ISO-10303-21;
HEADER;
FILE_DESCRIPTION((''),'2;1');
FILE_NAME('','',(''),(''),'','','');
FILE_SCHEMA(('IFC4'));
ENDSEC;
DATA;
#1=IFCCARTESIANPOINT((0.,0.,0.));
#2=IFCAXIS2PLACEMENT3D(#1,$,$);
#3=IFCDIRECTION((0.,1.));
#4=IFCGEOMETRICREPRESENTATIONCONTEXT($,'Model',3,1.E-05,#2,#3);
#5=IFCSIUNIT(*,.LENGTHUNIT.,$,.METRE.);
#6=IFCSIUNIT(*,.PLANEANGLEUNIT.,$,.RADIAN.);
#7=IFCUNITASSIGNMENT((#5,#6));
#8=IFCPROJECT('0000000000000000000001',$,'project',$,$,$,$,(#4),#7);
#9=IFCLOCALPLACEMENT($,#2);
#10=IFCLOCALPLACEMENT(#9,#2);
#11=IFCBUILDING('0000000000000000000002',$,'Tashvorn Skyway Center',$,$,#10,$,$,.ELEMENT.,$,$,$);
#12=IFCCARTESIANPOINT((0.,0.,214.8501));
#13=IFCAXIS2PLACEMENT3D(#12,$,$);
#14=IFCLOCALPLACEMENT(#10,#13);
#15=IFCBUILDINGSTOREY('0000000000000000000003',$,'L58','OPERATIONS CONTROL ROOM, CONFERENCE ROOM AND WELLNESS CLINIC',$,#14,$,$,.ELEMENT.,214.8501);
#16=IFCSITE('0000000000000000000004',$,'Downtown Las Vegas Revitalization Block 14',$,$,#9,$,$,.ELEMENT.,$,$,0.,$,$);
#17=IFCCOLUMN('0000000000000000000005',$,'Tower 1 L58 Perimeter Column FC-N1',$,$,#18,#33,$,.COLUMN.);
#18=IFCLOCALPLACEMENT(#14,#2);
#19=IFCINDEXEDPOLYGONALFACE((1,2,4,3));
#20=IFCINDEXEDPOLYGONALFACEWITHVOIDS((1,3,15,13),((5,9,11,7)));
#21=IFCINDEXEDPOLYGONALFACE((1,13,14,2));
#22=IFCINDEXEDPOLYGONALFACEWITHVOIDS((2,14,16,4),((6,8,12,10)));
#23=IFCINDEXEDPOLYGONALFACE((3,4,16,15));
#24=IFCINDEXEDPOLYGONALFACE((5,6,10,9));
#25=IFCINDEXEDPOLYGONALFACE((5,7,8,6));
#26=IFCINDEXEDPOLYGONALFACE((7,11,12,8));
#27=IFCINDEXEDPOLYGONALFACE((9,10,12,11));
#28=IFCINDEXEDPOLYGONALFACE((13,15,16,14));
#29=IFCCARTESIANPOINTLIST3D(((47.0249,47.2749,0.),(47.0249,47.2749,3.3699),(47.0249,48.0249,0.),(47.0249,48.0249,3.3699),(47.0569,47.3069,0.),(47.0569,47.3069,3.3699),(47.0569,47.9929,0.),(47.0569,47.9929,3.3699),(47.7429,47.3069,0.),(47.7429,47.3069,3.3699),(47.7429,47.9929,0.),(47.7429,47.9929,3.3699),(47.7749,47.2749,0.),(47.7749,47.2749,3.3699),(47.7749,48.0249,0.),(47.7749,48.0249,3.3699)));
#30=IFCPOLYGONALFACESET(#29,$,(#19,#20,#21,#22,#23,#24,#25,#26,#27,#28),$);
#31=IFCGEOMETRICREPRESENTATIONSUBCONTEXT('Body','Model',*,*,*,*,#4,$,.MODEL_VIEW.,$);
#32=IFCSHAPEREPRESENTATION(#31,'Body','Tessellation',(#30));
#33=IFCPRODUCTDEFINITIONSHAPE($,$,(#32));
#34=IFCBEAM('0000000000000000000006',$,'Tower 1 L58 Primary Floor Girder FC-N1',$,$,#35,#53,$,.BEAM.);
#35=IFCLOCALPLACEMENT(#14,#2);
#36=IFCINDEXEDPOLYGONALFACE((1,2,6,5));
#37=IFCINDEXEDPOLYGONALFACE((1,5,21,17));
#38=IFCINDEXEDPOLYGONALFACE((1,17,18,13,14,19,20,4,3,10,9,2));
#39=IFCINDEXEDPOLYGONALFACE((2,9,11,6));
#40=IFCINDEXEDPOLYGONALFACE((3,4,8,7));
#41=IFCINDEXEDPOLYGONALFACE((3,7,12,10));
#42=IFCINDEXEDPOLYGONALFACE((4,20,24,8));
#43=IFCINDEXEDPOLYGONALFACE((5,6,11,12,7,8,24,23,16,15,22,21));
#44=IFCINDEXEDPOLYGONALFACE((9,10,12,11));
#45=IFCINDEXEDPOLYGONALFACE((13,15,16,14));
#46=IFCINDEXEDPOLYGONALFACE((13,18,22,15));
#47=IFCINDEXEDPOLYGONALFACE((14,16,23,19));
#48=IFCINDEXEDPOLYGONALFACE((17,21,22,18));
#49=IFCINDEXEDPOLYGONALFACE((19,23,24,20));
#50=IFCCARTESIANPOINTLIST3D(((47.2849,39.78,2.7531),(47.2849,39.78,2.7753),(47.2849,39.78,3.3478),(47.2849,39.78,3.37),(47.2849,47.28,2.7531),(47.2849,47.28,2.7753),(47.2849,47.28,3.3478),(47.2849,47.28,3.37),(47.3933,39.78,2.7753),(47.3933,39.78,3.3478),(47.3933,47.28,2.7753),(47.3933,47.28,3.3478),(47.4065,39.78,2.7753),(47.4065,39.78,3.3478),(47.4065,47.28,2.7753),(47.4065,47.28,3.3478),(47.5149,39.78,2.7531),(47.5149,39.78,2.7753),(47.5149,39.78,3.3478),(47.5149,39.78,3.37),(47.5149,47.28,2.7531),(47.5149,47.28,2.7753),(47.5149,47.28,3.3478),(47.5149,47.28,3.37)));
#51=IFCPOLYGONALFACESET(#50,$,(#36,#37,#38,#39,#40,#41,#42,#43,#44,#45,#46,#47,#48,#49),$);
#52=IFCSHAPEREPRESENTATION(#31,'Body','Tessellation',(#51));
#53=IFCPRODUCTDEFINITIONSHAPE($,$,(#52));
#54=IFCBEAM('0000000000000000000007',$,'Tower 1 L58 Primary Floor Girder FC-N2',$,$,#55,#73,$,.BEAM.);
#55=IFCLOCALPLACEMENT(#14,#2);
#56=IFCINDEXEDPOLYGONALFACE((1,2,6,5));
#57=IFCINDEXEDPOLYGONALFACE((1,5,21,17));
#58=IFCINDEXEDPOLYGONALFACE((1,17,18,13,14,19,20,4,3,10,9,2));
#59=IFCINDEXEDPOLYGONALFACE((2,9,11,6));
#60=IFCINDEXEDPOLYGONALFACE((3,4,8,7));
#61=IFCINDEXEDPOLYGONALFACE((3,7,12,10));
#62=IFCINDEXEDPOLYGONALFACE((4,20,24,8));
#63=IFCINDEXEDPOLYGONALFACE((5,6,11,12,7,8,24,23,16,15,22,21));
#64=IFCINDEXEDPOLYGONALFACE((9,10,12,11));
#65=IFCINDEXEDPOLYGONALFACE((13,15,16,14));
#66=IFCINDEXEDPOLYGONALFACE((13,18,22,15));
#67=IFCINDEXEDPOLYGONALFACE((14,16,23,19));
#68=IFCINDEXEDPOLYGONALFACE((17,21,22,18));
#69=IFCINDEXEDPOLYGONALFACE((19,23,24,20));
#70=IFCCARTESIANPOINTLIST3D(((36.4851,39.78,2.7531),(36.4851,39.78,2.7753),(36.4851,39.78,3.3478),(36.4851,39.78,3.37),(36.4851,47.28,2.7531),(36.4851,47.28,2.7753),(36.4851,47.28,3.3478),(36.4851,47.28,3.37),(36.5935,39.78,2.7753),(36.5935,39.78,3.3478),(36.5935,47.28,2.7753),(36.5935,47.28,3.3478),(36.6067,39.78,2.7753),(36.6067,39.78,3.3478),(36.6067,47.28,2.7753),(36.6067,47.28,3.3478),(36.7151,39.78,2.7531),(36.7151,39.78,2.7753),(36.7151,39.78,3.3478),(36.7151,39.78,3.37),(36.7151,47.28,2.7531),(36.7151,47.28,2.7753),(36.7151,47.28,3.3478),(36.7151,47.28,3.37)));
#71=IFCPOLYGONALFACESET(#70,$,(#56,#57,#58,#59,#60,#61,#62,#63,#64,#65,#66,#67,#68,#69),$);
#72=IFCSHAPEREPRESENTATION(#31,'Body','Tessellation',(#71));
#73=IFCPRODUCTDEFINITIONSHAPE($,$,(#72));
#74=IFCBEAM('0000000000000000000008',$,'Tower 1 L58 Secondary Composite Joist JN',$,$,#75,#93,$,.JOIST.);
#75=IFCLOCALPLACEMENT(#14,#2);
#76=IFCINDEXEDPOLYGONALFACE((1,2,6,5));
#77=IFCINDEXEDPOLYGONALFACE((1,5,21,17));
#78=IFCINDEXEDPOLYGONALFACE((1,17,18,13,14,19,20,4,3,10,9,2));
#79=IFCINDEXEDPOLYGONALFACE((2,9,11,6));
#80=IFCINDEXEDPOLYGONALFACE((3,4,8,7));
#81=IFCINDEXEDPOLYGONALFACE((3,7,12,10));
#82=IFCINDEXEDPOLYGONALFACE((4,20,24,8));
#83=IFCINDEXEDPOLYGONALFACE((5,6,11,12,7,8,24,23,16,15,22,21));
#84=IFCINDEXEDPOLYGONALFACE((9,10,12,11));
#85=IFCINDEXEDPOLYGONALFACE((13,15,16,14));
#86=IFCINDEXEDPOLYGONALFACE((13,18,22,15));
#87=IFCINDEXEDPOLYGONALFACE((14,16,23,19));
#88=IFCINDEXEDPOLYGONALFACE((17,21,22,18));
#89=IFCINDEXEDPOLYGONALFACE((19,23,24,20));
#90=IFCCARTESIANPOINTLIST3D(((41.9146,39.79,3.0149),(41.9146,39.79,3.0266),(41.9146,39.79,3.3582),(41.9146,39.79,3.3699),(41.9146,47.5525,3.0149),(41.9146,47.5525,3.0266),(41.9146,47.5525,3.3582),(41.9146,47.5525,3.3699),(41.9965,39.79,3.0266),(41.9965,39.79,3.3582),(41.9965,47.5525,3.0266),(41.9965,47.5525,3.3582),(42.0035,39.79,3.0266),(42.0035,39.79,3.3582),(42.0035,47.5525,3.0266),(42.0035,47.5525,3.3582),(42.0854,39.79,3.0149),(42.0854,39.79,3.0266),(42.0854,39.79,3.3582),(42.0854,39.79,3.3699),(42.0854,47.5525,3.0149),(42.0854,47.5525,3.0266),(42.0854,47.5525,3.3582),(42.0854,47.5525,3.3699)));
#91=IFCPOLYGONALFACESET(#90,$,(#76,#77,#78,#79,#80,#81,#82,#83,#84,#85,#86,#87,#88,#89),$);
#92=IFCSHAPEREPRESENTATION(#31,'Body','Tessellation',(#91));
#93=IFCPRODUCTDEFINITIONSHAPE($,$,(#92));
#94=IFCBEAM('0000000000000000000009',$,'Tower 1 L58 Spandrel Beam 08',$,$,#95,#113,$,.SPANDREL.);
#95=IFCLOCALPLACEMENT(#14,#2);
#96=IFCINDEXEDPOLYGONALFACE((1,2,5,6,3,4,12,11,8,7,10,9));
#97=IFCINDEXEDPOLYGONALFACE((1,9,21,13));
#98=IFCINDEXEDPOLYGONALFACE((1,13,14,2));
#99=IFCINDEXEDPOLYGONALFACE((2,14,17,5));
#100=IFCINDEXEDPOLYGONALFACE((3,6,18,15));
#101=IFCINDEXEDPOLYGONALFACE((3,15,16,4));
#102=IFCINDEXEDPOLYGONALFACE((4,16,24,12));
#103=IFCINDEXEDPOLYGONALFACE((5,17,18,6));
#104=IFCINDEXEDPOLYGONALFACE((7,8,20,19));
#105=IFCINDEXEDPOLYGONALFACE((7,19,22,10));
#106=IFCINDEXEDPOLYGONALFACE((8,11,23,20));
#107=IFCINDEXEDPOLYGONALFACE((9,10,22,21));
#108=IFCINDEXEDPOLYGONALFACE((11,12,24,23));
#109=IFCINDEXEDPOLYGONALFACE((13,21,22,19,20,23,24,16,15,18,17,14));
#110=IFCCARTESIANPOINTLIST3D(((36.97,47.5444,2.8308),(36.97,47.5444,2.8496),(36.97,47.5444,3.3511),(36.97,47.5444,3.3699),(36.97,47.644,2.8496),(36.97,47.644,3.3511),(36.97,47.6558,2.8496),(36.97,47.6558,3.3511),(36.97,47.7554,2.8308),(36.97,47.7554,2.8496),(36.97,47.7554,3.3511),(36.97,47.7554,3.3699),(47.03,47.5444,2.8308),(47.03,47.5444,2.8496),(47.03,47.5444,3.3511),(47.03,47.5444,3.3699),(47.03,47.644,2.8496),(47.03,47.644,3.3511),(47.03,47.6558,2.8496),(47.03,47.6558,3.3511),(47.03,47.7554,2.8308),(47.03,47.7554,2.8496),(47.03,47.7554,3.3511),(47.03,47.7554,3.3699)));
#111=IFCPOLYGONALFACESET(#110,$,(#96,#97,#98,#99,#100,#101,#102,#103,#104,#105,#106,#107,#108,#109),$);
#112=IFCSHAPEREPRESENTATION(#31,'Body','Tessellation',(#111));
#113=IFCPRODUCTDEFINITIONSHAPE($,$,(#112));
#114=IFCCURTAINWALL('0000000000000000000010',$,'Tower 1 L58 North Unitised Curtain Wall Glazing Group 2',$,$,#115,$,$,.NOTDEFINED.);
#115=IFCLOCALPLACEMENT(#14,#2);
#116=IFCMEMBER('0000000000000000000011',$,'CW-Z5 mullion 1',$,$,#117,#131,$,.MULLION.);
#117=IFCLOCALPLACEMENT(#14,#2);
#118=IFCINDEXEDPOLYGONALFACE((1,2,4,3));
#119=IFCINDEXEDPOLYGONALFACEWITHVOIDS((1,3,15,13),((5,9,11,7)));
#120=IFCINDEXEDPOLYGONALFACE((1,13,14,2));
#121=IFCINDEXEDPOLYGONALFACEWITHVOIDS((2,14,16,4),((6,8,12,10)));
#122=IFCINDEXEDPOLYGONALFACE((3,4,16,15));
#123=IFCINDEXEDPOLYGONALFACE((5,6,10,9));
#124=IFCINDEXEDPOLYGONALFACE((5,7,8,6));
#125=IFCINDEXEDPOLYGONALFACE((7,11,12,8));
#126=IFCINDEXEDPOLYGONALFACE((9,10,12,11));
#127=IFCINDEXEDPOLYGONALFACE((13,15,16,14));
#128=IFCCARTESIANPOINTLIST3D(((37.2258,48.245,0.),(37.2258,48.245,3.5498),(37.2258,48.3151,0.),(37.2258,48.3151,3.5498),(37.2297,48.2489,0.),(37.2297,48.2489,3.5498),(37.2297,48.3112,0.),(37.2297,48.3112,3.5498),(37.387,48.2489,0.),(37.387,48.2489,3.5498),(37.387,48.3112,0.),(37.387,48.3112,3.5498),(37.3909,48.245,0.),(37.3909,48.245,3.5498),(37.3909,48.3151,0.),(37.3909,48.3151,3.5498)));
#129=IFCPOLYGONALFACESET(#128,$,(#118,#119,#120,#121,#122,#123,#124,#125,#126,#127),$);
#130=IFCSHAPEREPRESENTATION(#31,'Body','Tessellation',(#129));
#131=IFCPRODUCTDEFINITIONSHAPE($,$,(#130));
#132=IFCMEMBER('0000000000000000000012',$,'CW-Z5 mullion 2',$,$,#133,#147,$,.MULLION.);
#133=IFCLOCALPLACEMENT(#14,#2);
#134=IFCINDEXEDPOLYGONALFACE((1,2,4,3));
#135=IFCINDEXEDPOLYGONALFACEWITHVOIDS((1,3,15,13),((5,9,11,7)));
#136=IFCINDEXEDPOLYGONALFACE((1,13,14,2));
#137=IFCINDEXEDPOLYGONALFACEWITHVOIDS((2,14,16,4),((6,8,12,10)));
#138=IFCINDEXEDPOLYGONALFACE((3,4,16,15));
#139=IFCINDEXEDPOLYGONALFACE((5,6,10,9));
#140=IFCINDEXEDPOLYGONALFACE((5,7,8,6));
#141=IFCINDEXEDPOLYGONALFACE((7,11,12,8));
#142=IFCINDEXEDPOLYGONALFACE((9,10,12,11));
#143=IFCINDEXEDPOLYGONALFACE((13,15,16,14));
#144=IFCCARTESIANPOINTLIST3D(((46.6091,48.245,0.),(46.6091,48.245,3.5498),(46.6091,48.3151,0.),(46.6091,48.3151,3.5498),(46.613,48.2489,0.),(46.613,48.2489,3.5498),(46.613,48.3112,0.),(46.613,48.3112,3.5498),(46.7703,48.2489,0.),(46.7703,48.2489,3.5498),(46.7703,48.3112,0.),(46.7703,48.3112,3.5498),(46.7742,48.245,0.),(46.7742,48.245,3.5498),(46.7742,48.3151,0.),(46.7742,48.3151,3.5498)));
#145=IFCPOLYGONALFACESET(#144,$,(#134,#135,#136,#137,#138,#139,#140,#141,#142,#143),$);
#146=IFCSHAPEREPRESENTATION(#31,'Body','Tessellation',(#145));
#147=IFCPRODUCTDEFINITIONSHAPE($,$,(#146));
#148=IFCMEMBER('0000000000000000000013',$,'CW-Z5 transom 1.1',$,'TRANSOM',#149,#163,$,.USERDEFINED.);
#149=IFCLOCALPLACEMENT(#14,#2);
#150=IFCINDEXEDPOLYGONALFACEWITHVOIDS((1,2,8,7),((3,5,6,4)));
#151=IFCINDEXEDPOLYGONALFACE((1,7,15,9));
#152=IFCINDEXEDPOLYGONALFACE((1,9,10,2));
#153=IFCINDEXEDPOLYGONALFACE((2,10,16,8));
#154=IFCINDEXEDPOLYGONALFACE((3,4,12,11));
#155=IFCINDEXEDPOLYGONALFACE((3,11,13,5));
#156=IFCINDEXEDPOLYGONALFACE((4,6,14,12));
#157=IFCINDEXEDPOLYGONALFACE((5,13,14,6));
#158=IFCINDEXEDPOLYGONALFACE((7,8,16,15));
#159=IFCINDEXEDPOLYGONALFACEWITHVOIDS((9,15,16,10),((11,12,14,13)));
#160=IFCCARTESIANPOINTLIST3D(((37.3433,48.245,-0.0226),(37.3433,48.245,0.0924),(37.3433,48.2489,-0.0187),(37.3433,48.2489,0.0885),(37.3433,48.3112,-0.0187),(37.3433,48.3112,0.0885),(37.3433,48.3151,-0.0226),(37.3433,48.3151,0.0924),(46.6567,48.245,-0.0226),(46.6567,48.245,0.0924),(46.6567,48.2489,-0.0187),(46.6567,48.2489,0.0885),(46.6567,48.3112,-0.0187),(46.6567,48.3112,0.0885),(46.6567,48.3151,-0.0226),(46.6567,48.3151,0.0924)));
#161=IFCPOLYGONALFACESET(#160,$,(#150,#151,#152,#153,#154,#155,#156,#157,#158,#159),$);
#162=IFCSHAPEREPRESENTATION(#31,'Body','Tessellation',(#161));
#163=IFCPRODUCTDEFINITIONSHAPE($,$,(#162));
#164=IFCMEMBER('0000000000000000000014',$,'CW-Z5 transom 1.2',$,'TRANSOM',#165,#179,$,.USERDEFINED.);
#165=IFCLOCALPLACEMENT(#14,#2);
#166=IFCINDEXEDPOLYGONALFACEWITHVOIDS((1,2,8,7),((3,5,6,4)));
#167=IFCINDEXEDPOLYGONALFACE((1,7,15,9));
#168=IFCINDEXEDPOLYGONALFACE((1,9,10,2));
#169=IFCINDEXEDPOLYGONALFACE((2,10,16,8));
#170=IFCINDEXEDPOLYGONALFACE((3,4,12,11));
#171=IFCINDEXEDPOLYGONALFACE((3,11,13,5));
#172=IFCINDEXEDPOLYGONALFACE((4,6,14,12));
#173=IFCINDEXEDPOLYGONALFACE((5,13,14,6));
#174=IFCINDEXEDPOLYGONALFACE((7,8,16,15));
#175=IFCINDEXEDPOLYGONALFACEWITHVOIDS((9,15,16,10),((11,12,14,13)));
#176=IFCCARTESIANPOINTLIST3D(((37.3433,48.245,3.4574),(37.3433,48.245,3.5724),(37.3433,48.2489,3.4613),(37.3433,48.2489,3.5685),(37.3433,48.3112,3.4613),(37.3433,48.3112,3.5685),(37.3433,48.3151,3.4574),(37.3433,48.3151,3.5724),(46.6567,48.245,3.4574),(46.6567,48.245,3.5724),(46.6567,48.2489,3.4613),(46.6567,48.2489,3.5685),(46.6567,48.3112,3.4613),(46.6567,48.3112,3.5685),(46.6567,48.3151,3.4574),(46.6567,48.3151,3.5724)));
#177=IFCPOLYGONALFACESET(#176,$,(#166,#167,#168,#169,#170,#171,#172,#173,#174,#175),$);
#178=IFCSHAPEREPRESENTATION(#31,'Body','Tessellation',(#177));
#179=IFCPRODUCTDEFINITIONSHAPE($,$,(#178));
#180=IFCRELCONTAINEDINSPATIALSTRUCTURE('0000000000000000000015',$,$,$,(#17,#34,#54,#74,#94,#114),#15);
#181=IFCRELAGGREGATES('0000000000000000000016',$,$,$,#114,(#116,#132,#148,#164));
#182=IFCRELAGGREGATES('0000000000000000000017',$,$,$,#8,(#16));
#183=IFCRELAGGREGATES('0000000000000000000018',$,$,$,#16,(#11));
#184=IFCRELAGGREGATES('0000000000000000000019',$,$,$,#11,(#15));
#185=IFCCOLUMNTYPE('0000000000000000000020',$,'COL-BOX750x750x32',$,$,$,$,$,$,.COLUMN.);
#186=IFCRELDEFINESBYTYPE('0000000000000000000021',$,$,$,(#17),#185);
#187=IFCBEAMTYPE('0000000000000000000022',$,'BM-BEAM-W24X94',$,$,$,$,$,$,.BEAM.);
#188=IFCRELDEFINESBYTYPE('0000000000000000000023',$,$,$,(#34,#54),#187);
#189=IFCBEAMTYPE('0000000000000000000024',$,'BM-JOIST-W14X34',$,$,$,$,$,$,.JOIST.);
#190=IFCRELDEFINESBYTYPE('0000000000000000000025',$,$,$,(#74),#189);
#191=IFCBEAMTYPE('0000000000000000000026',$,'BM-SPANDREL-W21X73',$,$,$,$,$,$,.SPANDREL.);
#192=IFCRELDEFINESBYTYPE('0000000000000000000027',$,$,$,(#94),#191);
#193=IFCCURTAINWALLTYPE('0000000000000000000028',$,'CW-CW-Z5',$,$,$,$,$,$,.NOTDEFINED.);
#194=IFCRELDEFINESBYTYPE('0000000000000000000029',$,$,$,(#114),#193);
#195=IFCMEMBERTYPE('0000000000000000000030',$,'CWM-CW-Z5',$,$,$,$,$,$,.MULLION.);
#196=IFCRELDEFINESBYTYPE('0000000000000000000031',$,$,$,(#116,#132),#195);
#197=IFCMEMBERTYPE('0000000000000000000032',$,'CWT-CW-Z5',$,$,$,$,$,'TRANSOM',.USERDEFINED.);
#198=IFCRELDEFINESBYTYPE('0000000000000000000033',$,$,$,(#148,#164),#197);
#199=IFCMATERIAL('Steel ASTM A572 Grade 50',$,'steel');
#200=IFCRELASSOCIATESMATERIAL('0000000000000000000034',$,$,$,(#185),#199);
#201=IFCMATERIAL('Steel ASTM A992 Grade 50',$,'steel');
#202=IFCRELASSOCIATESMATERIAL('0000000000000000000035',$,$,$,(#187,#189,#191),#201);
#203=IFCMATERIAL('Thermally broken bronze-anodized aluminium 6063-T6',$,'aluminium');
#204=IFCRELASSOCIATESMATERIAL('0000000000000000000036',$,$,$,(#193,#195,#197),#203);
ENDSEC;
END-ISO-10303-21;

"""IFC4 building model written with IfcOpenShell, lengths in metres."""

from ifc_helpers import new_model, si_unit, direction, frame, origin, origin_2d, place, context, subcontext, project, spatial, hollow_rectangle, i_section, extrude, material, material_profile, profile_set, type_object, element, aggregate, save


model = new_model("IFC4")

# Units and contexts
model_context = context("Model", 3, precision=1e-05, world=origin(), true_north=direction((0.0, 1.0)))
body_context = subcontext(model_context, "Body", "Model", "MODEL_VIEW")
ifc_project = project(units=[si_unit("LENGTHUNIT", "METRE"), si_unit("PLANEANGLEUNIT", "RADIAN")], contexts=[model_context])

# Site, building, storey
site_placement = place(None, origin())
site = spatial("IfcSite", under=ifc_project, at=site_placement, Name="Downtown Las Vegas Revitalization Block 14", CompositionType="ELEMENT", RefElevation=0.0)
building_placement = place(site_placement, origin())
building = spatial("IfcBuilding", under=site, at=building_placement, Name="Tashvorn Skyway Center", CompositionType="ELEMENT")
storey_placement = place(building_placement, frame((0.0, 0.0, 214.8501)))
storey = spatial("IfcBuildingStorey", under=building, at=storey_placement, Name="L58", Description="OPERATIONS CONTROL ROOM, CONFERENCE ROOM AND WELLNESS CLINIC", CompositionType="ELEMENT", Elevation=214.8501)

# Column
ifc_material_1 = material(Name="Steel ASTM A572 Grade 50", Category="steel")
ifc_material_profile_1 = material_profile(ifc_material_1, hollow_rectangle(XDim=0.75, YDim=0.75, WallThickness=0.032, at=origin_2d()), Name="BOX750x750x32")
ifc_profile_set_1 = profile_set([ifc_material_profile_1], Name="Steel ASTM A572 Grade 50")
column_type = type_object("IfcColumnType", Name="COL-BOX750x750x32", PredefinedType="COLUMN", material=ifc_profile_set_1)
column_placement = place(storey_placement, frame((47.3999, 47.6499, 0.0), z_axis=(0.0, 0.0, 1.0), x_axis=(1.0, 0.0, 0.0)))
element("IfcColumn", 1, at=column_placement, inside=storey, type_object=column_type, Name="Tower 1 L58 Perimeter Column FC-N1", PredefinedType="COLUMN", context=body_context, shape_type="SweptSolid", body=[
    extrude(hollow_rectangle(XDim=0.75, YDim=0.75, WallThickness=0.032, at=origin_2d()), origin(), (0.0, 0.0, 1.0), 3.3699),
])

# Beams
ifc_material_2 = material(Name="Steel ASTM A992 Grade 50", Category="steel")
ifc_material_profile_2 = material_profile(ifc_material_2, i_section(OverallWidth=0.23, OverallDepth=0.6169, WebThickness=0.0132, FlangeThickness=0.0222, at=origin_2d()), Name="W24X94")
ifc_profile_set_2 = profile_set([ifc_material_profile_2], Name="Steel ASTM A992 Grade 50")
beam_type_1 = type_object("IfcBeamType", Name="BM-BEAM-W24X94", PredefinedType="BEAM", material=ifc_profile_set_2)
for number, where, z_axis, x_axis, name in (
    (2, (47.3999, 47.28, 3.0615), (0.0, -1.0, 0.0), (1.0, 0.0, 0.0), "Tower 1 L58 Primary Floor Girder FC-N1"),
    (3, (36.6001, 47.28, 3.0615), (0.0, -1.0, 0.0), (1.0, 0.0, 0.0), "Tower 1 L58 Primary Floor Girder FC-N2"),
):
    element("IfcBeam", number, at=place(storey_placement, frame(where, z_axis=z_axis, x_axis=x_axis)), inside=storey, type_object=beam_type_1, Name=name, PredefinedType="BEAM", context=body_context, shape_type="SweptSolid", body=[
        extrude(i_section(OverallWidth=0.23, OverallDepth=0.6169, WebThickness=0.0132, FlangeThickness=0.0222, at=origin_2d()), origin(), (0.0, 0.0, 1.0), 7.5),
    ])
ifc_material_profile_3 = material_profile(ifc_material_2, i_section(OverallWidth=0.1709, OverallDepth=0.355, WebThickness=0.0071, FlangeThickness=0.0117, at=origin_2d()), Name="W14X34")
ifc_profile_set_3 = profile_set([ifc_material_profile_3], Name="Steel ASTM A992 Grade 50")
beam_type_2 = type_object("IfcBeamType", Name="BM-JOIST-W14X34", PredefinedType="JOIST", material=ifc_profile_set_3)
beam_1_placement = place(storey_placement, frame((42.0, 39.79, 3.1924), z_axis=(0.0, 1.0, 0.0), x_axis=(-1.0, 0.0, 0.0)))
element("IfcBeam", 4, at=beam_1_placement, inside=storey, type_object=beam_type_2, Name="Tower 1 L58 Secondary Composite Joist JN", PredefinedType="JOIST", context=body_context, shape_type="SweptSolid", body=[
    extrude(i_section(OverallWidth=0.1709, OverallDepth=0.355, WebThickness=0.0071, FlangeThickness=0.0117, at=origin_2d()), origin(), (0.0, 0.0, 1.0), 7.7625),
])
ifc_material_profile_4 = material_profile(ifc_material_2, i_section(OverallWidth=0.2109, OverallDepth=0.5391, WebThickness=0.0117, FlangeThickness=0.0188, at=origin_2d()), Name="W21X73")
ifc_profile_set_4 = profile_set([ifc_material_profile_4], Name="Steel ASTM A992 Grade 50")
beam_type_3 = type_object("IfcBeamType", Name="BM-SPANDREL-W21X73", PredefinedType="SPANDREL", material=ifc_profile_set_4)
beam_2_placement = place(storey_placement, frame((47.03, 47.6499, 3.1003), z_axis=(-1.0, 0.0, 0.0), x_axis=(0.0, -1.0, 0.0)))
element("IfcBeam", 5, at=beam_2_placement, inside=storey, type_object=beam_type_3, Name="Tower 1 L58 Spandrel Beam 08", PredefinedType="SPANDREL", context=body_context, shape_type="SweptSolid", body=[
    extrude(i_section(OverallWidth=0.2109, OverallDepth=0.5391, WebThickness=0.0117, FlangeThickness=0.0188, at=origin_2d()), origin(), (0.0, 0.0, 1.0), 10.0601),
])

# Curtain wall, members
ifc_material_3 = material(Name="Thermally broken bronze-anodized aluminium 6063-T6", Category="aluminium")
curtain_wall_type = type_object("IfcCurtainWallType", Name="CW-CW-Z5", PredefinedType="NOTDEFINED", material=ifc_material_3)
curtain_wall_placement = place(storey_placement, origin())
curtain_wall = element("IfcCurtainWall", 6, at=curtain_wall_placement, inside=storey, type_object=curtain_wall_type, Name="Tower 1 L58 North Unitised Curtain Wall Glazing Group 2", PredefinedType="NOTDEFINED")
ifc_material_profile_5 = material_profile(ifc_material_3, hollow_rectangle(XDim=0.0701, YDim=0.165, WallThickness=0.0039, at=origin_2d()), Name="ALU-MULL-70x165")
ifc_profile_set_5 = profile_set([ifc_material_profile_5], Name="Thermally broken bronze-anodized aluminium 6063-T6")
member_type_1 = type_object("IfcMemberType", Name="CWM-CW-Z5", PredefinedType="MULLION", material=ifc_profile_set_5)
member_1_placement = place(storey_placement, frame((37.3083, 48.28, 0.0), z_axis=(0.0, 0.0, 1.0), x_axis=(0.0, 1.0, 0.0)))
member_1 = element("IfcMember", 7, at=member_1_placement, type_object=member_type_1, Name="CW-Z5 mullion 1", PredefinedType="MULLION", context=body_context, shape_type="SweptSolid", body=[
    extrude(hollow_rectangle(XDim=0.0701, YDim=0.165, WallThickness=0.0039, at=origin_2d()), origin(), (0.0, 0.0, 1.0), 3.5498),
])
member_2_placement = place(storey_placement, frame((46.6917, 48.28, 0.0), z_axis=(0.0, 0.0, 1.0), x_axis=(0.0, 1.0, 0.0)))
member_2 = element("IfcMember", 8, at=member_2_placement, type_object=member_type_1, Name="CW-Z5 mullion 2", PredefinedType="MULLION", context=body_context, shape_type="SweptSolid", body=[
    extrude(hollow_rectangle(XDim=0.0701, YDim=0.165, WallThickness=0.0039, at=origin_2d()), origin(), (0.0, 0.0, 1.0), 3.5498),
])
ifc_material_profile_6 = material_profile(ifc_material_3, hollow_rectangle(XDim=0.0701, YDim=0.115, WallThickness=0.0039, at=origin_2d()), Name="ALU-TRAN-70x115")
ifc_profile_set_6 = profile_set([ifc_material_profile_6], Name="Thermally broken bronze-anodized aluminium 6063-T6")
member_type_2 = type_object("IfcMemberType", Name="CWT-CW-Z5", ElementType="TRANSOM", PredefinedType="USERDEFINED", material=ifc_profile_set_6)
member_3_placement = place(storey_placement, frame((37.3433, 48.28, 0.0349), z_axis=(1.0, 0.0, 0.0), x_axis=(0.0, 1.0, 0.0)))
member_3 = element("IfcMember", 9, at=member_3_placement, type_object=member_type_2, Name="CW-Z5 transom 1.1", ObjectType="TRANSOM", PredefinedType="USERDEFINED", context=body_context, shape_type="SweptSolid", body=[
    extrude(hollow_rectangle(XDim=0.0701, YDim=0.115, WallThickness=0.0039, at=origin_2d()), origin(), (0.0, 0.0, 1.0), 9.3135),
])
member_4_placement = place(storey_placement, frame((37.3433, 48.28, 3.5149), z_axis=(1.0, 0.0, 0.0), x_axis=(0.0, 1.0, 0.0)))
member_4 = element("IfcMember", 10, at=member_4_placement, type_object=member_type_2, Name="CW-Z5 transom 1.2", ObjectType="TRANSOM", PredefinedType="USERDEFINED", context=body_context, shape_type="SweptSolid", body=[
    extrude(hollow_rectangle(XDim=0.0701, YDim=0.115, WallThickness=0.0039, at=origin_2d()), origin(), (0.0, 0.0, 1.0), 9.3135),
])
aggregate(curtain_wall, [member_1, member_2, member_3, member_4])

save(model, "model.ifc")
